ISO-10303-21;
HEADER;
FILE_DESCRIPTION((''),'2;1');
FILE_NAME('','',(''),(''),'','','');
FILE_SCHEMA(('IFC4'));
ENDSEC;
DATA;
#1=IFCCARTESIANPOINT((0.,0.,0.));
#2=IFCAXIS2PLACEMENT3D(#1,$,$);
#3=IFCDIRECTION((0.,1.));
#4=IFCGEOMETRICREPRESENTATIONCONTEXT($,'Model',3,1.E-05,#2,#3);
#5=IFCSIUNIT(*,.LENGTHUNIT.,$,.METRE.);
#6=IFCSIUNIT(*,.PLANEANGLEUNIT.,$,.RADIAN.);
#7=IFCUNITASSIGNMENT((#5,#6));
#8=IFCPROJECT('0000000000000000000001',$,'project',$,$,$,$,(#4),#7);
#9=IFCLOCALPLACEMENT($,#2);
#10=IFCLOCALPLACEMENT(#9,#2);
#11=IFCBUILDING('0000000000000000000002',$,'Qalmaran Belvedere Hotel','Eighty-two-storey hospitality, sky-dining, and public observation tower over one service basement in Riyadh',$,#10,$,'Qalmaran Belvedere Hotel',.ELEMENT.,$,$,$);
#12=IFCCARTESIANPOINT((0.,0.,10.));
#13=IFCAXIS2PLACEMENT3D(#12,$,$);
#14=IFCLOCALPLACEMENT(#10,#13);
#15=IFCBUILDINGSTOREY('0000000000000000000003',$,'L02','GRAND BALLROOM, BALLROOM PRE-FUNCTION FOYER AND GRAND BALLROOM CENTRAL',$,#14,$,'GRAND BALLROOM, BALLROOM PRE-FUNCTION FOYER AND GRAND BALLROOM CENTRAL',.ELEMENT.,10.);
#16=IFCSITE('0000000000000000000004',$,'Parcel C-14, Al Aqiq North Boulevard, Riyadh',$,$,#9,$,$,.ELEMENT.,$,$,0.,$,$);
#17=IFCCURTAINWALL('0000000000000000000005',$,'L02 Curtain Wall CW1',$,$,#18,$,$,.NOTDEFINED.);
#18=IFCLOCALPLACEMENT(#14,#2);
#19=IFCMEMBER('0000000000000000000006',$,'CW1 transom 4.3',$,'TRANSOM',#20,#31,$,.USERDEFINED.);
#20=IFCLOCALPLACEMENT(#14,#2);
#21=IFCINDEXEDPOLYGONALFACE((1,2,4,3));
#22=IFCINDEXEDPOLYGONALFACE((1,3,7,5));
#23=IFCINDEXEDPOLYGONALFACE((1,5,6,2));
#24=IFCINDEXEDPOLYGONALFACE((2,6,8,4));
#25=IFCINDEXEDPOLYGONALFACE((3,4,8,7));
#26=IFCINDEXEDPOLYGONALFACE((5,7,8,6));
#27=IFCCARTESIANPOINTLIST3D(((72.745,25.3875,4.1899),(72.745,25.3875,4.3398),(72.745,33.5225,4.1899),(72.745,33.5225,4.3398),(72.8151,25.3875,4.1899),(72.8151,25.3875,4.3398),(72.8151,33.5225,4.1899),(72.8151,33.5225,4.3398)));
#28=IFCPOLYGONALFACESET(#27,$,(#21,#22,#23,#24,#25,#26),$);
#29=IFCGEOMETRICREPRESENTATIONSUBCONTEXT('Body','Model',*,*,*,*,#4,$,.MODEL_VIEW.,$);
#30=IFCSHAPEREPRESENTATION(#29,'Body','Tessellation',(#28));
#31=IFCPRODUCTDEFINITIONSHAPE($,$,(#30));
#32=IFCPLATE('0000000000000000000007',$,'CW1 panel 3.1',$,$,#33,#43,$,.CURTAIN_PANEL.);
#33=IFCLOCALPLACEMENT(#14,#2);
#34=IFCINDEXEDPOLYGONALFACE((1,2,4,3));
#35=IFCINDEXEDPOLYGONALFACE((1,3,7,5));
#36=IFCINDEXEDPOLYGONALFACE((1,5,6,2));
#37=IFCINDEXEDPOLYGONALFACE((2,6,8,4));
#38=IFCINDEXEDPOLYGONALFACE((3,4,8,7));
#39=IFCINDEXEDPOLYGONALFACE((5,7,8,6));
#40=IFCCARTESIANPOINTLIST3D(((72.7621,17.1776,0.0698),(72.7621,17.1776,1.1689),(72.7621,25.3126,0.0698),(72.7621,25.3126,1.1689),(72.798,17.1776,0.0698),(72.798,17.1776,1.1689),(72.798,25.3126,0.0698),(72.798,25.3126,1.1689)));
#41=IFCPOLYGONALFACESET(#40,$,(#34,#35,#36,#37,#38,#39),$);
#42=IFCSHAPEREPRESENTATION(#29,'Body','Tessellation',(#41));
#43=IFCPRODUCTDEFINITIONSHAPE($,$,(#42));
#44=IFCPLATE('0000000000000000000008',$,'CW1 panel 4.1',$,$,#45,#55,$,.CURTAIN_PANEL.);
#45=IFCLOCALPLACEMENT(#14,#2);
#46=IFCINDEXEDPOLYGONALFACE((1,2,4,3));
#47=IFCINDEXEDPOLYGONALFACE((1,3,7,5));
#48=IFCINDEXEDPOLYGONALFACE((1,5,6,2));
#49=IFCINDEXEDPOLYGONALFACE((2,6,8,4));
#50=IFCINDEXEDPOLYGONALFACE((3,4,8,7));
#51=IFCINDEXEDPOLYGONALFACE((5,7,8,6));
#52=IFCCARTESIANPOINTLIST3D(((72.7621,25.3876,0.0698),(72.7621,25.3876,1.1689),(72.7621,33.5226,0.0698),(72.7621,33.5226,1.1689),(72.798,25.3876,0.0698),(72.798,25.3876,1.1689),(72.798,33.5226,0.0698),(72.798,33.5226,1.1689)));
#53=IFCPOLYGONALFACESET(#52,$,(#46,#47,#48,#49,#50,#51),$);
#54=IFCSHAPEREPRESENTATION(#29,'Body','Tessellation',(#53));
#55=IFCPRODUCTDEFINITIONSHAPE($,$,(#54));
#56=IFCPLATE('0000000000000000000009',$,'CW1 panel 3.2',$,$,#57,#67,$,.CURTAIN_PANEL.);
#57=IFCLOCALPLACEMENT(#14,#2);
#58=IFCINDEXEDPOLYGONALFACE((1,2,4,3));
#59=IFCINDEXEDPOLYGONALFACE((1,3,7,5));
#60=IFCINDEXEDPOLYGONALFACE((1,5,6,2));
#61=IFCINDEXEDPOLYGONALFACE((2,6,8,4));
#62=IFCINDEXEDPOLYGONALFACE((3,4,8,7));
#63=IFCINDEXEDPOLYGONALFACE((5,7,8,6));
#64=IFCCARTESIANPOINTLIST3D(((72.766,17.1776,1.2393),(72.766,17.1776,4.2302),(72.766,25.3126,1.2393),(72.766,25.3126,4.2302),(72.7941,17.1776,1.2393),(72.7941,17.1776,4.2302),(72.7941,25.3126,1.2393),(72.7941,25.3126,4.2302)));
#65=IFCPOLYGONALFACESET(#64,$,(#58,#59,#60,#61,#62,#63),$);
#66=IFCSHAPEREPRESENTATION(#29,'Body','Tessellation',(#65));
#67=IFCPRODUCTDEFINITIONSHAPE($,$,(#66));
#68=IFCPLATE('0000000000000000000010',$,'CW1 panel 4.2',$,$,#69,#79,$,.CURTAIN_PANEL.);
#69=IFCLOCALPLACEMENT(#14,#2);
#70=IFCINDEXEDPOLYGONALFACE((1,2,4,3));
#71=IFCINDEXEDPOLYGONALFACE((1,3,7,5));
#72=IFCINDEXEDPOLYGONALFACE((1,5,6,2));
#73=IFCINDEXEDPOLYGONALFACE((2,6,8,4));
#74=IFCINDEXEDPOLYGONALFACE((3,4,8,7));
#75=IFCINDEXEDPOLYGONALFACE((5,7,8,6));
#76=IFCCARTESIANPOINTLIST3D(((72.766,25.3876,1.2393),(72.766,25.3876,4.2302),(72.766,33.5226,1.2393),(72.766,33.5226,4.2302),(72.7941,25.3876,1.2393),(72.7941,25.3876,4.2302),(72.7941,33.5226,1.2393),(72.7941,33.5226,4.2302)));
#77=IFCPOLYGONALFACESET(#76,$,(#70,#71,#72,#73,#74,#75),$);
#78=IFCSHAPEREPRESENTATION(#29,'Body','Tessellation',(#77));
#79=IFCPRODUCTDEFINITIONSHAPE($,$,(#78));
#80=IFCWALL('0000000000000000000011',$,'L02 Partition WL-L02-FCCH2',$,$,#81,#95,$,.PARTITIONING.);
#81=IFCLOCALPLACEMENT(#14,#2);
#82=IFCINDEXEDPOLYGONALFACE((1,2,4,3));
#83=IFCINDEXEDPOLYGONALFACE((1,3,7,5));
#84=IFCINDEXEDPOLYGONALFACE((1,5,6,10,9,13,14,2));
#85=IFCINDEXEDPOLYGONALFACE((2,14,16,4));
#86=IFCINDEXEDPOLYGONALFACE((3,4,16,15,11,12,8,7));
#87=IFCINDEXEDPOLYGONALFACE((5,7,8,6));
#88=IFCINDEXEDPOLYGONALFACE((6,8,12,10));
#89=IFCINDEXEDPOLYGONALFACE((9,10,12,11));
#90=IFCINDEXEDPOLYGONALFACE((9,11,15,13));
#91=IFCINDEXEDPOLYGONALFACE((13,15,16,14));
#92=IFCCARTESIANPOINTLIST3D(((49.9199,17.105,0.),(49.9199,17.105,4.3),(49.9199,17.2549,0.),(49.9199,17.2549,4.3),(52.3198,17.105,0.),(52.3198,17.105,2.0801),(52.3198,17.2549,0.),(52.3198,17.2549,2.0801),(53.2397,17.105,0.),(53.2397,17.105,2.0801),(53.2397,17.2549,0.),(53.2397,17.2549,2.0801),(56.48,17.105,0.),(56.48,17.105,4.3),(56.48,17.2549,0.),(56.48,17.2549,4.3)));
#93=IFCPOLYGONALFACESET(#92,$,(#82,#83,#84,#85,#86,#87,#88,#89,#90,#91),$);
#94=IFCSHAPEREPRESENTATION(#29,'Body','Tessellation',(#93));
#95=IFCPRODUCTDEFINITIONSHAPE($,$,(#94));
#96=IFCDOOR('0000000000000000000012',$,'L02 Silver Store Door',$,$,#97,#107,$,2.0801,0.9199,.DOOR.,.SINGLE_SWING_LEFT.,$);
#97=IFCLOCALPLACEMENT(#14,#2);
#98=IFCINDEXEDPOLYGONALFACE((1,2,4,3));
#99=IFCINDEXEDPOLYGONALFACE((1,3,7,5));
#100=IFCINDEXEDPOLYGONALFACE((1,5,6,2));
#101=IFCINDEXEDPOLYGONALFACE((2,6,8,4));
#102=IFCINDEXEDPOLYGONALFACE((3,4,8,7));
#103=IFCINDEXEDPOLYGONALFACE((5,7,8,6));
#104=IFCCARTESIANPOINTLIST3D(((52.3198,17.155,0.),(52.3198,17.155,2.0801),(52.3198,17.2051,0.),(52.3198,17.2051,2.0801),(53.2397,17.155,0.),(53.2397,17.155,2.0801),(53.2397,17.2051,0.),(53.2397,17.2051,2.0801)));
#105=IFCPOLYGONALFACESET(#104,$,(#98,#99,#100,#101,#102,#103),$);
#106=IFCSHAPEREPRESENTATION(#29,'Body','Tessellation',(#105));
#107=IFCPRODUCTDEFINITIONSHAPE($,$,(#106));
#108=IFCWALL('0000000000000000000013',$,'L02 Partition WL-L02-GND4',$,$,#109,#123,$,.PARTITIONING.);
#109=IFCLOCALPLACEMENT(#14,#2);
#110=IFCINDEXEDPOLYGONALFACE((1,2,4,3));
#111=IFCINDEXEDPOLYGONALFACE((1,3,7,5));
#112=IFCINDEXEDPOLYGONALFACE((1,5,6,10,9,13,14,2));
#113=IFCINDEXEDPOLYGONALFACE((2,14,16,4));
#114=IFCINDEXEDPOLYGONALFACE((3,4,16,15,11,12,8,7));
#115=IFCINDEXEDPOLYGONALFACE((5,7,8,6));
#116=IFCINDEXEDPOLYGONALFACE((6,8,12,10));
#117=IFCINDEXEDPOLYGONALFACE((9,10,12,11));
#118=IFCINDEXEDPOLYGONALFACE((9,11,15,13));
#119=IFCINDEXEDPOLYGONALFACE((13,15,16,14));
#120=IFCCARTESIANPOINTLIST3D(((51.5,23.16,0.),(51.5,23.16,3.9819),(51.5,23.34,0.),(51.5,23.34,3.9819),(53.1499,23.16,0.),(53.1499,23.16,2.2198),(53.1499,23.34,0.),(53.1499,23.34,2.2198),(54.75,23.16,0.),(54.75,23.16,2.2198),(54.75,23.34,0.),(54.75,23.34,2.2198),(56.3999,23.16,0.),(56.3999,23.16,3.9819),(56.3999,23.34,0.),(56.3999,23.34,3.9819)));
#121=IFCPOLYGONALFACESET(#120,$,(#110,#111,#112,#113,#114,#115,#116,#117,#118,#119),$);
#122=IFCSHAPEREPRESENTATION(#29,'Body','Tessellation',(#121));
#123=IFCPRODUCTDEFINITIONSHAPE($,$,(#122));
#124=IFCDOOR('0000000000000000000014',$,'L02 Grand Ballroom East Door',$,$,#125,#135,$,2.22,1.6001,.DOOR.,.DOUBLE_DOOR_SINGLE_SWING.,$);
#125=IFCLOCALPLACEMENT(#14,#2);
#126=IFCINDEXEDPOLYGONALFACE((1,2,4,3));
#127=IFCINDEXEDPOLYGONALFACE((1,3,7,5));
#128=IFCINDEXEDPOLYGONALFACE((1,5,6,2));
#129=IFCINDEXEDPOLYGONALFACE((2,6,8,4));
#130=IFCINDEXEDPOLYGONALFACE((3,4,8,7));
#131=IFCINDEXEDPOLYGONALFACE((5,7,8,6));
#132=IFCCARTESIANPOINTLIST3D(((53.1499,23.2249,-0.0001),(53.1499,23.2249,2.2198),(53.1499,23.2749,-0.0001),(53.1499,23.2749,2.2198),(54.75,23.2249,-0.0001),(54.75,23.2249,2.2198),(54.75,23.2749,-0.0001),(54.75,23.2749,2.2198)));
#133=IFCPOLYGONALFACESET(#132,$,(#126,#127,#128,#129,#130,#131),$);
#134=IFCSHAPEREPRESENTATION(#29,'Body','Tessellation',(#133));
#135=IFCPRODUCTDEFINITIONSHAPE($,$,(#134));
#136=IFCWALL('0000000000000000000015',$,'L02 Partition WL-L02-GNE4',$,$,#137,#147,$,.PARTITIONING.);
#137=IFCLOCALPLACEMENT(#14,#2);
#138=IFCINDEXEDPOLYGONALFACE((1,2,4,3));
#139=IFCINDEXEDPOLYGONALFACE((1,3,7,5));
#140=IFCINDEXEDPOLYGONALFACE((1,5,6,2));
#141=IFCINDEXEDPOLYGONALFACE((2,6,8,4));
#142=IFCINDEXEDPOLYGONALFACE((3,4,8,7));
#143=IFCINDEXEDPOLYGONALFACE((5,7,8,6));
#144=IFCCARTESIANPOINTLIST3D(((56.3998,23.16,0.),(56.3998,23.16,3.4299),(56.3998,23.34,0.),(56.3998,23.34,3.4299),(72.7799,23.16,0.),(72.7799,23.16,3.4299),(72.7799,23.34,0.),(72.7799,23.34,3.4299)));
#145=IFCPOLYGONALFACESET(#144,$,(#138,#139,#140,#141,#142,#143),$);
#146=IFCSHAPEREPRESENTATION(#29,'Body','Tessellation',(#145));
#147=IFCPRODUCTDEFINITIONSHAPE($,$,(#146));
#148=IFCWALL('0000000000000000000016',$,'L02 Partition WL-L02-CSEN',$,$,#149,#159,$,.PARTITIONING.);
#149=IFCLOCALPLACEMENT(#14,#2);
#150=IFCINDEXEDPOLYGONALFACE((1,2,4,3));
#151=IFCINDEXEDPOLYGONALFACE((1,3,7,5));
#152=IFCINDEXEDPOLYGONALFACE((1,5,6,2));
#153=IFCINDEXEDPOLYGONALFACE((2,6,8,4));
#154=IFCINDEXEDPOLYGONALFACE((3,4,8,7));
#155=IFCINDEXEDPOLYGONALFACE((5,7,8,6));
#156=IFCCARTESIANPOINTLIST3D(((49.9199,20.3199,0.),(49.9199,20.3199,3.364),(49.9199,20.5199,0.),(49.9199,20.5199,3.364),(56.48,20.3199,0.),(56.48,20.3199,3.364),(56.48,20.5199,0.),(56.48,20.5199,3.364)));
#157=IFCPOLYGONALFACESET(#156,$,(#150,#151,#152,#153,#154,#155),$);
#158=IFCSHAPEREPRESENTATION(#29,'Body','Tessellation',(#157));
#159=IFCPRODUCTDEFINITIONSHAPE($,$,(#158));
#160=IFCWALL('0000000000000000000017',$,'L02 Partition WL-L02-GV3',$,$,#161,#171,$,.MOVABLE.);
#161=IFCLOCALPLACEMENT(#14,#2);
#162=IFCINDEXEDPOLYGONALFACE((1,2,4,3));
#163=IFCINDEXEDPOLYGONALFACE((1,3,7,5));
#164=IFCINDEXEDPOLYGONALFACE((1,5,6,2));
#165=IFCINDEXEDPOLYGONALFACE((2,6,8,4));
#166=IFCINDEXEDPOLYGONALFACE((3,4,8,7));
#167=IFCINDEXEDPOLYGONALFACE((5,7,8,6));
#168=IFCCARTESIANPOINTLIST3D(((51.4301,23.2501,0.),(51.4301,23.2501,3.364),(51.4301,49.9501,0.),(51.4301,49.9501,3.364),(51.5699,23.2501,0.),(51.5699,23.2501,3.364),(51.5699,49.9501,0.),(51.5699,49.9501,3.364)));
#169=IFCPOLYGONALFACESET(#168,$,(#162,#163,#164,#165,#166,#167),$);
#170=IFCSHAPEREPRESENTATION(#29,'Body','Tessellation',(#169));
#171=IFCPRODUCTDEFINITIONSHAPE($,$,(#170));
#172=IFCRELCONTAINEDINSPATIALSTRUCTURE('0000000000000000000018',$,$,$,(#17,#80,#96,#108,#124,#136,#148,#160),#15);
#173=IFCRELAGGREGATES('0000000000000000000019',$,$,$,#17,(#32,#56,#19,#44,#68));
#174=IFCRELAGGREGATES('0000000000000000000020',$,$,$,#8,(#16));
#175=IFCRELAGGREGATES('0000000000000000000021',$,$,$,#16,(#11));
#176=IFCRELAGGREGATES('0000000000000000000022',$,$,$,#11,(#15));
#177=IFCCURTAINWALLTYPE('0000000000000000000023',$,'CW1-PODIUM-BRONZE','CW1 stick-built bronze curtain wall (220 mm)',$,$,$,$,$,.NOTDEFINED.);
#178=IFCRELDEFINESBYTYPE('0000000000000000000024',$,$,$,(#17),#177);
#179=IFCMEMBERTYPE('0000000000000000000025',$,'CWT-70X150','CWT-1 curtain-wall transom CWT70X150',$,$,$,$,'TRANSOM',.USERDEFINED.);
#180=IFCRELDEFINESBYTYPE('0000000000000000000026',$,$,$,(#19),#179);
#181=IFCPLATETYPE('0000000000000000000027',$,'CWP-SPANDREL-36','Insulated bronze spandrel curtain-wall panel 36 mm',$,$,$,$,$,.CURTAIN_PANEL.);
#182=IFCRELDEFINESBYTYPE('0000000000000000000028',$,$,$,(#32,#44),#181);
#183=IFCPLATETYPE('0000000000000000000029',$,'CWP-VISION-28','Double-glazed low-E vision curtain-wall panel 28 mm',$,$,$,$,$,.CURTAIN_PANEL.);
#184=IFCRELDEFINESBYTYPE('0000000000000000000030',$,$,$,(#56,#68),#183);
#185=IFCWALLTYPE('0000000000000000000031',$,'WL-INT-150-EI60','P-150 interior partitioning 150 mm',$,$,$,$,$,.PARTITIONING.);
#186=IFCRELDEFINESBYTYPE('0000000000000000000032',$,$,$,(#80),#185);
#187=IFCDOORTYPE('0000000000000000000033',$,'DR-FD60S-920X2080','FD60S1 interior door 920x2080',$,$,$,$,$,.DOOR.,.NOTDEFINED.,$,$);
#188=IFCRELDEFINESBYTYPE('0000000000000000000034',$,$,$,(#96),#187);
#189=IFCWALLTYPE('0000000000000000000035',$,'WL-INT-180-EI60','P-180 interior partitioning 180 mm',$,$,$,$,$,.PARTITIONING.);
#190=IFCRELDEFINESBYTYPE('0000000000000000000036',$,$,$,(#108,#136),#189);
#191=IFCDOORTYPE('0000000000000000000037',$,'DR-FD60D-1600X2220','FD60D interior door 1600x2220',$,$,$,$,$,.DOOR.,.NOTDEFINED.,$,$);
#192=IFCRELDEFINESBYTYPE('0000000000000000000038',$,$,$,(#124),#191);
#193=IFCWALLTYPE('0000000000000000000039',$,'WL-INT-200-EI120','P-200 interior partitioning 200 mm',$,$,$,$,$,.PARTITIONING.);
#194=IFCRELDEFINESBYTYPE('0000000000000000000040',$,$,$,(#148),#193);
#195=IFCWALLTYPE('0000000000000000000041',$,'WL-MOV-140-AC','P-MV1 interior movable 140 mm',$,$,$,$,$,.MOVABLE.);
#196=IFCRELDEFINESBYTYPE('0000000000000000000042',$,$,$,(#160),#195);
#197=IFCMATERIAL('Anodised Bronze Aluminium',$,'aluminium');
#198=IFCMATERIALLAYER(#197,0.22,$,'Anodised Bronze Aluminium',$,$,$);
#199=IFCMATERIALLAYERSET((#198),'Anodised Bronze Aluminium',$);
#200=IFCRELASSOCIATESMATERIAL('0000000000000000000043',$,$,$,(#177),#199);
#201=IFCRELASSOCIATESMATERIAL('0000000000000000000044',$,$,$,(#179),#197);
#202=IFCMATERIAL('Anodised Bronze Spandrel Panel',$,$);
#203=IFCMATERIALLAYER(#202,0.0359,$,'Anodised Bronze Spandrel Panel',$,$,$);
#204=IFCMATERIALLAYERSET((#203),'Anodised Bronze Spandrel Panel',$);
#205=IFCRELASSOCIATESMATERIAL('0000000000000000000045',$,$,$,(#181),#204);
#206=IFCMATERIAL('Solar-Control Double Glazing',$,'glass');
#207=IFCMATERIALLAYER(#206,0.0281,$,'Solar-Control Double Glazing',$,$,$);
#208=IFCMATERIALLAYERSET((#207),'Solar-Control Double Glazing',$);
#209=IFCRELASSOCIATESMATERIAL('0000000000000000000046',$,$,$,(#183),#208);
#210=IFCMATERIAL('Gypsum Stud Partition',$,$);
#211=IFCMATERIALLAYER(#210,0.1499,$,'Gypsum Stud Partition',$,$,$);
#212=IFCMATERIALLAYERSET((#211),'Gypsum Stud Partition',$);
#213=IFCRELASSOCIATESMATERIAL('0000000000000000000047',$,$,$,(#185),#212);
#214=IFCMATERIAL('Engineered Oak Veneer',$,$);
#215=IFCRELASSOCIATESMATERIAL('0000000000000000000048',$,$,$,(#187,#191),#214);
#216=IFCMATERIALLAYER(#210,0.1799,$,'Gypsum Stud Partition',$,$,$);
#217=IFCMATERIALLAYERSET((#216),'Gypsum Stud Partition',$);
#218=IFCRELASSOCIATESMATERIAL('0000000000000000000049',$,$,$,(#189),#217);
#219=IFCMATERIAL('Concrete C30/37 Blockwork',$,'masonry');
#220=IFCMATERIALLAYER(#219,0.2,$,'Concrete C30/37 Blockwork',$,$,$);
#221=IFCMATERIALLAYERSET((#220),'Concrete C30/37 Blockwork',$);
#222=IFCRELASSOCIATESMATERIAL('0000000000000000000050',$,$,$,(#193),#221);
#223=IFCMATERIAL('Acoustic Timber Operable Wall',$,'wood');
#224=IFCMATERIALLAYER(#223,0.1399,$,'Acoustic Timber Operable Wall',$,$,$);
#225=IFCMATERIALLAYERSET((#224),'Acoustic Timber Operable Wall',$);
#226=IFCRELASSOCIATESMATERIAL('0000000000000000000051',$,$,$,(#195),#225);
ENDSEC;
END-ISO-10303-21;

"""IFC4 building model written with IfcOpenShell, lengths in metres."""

from ifc_helpers import new_model, si_unit, direction, frame, frame_2d, origin, origin_2d, place, context, subcontext, project, spatial, rectangle, extrude, material, layer, layer_set, material_profile, profile_set, type_object, element, fill, aggregate, save


model = new_model("IFC4")

# Units and contexts
model_context = context("Model", 3, precision=1e-05, world=origin(), true_north=direction((0.0, 1.0)))
body_context = subcontext(model_context, "Body", "Model", "MODEL_VIEW")
ifc_project = project(units=[si_unit("LENGTHUNIT", "METRE"), si_unit("PLANEANGLEUNIT", "RADIAN")], contexts=[model_context])

# Site, building, storey
site_placement = place(None, origin())
site = spatial("IfcSite", under=ifc_project, at=site_placement, Name="Parcel C-14, Al Aqiq North Boulevard, Riyadh", CompositionType="ELEMENT", RefElevation=0.0)
building_placement = place(site_placement, origin())
building = spatial("IfcBuilding", under=site, at=building_placement, Name="Qalmaran Belvedere Hotel", Description="Eighty-two-storey hospitality, sky-dining, and public observation tower over one service basement in Riyadh", LongName="Qalmaran Belvedere Hotel", CompositionType="ELEMENT")
storey_placement = place(building_placement, frame((0.0, 0.0, 10.0)))
storey = spatial("IfcBuildingStorey", under=building, at=storey_placement, Name="L02", Description="GRAND BALLROOM, BALLROOM PRE-FUNCTION FOYER AND GRAND BALLROOM CENTRAL", LongName="GRAND BALLROOM, BALLROOM PRE-FUNCTION FOYER AND GRAND BALLROOM CENTRAL", CompositionType="ELEMENT", Elevation=10.0)

# Curtain wall, member, plates
ifc_material_1 = material(Name="Anodised Bronze Aluminium", Category="aluminium")
ifc_layer_1 = layer(ifc_material_1, 0.22, Name="Anodised Bronze Aluminium")
ifc_layer_set_1 = layer_set([ifc_layer_1], Name="Anodised Bronze Aluminium")
curtain_wall_type = type_object("IfcCurtainWallType", Name="CW1-PODIUM-BRONZE", Description="CW1 stick-built bronze curtain wall (220 mm)", PredefinedType="NOTDEFINED", material=ifc_layer_set_1)
curtain_wall_placement = place(storey_placement, origin())
curtain_wall = element("IfcCurtainWall", 1, at=curtain_wall_placement, inside=storey, type_object=curtain_wall_type, Name="L02 Curtain Wall CW1", PredefinedType="NOTDEFINED")
ifc_material_profile_1 = material_profile(ifc_material_1, rectangle(XDim=0.0701, YDim=0.1499, at=origin_2d()), Name="CWT70X150")
ifc_profile_set_1 = profile_set([ifc_material_profile_1], Name="Anodised Bronze Aluminium")
member_type_1 = type_object("IfcMemberType", Name="CWT-70X150", Description="CWT-1 curtain-wall transom CWT70X150", ElementType="TRANSOM", PredefinedType="USERDEFINED", material=ifc_profile_set_1)
member_1_placement = place(storey_placement, frame((72.78, 25.3875, 4.2649), z_axis=(0.0, 1.0, 0.0), x_axis=(-1.0, 0.0, 0.0)))
member_1 = element("IfcMember", 2, at=member_1_placement, type_object=member_type_1, Name="CW1 transom 4.3", ObjectType="TRANSOM", PredefinedType="USERDEFINED", context=body_context, shape_type="SweptSolid", body=[
    extrude(rectangle(XDim=0.0701, YDim=0.1499, at=origin_2d()), origin(), (0.0, 0.0, 1.0), 8.135),
])
ifc_material_2 = material(Name="Anodised Bronze Spandrel Panel")
ifc_layer_2 = layer(ifc_material_2, 0.0359, Name="Anodised Bronze Spandrel Panel")
ifc_layer_set_2 = layer_set([ifc_layer_2], Name="Anodised Bronze Spandrel Panel")
plate_type_1 = type_object("IfcPlateType", Name="CWP-SPANDREL-36", Description="Insulated bronze spandrel curtain-wall panel 36 mm", PredefinedType="CURTAIN_PANEL", material=ifc_layer_set_2)
plate_1_placement = place(storey_placement, frame((72.78, 21.2451, 0.0698), z_axis=(0.0, 0.0, 1.0), x_axis=(0.0, 1.0, 0.0)))
plate_1 = element("IfcPlate", 3, at=plate_1_placement, type_object=plate_type_1, Name="CW1 panel 3.1", PredefinedType="CURTAIN_PANEL", context=body_context, shape_type="SweptSolid", body=[
    extrude(rectangle(XDim=8.135, YDim=0.0359, at=origin_2d()), origin(), (0.0, 0.0, 1.0), 1.0991),
])
plate_2_placement = place(storey_placement, frame((72.78, 29.4551, 0.0698), z_axis=(0.0, 0.0, 1.0), x_axis=(0.0, 1.0, 0.0)))
plate_2 = element("IfcPlate", 4, at=plate_2_placement, type_object=plate_type_1, Name="CW1 panel 4.1", PredefinedType="CURTAIN_PANEL", context=body_context, shape_type="SweptSolid", body=[
    extrude(rectangle(XDim=8.135, YDim=0.0359, at=origin_2d()), origin(), (0.0, 0.0, 1.0), 1.0991),
])
ifc_material_3 = material(Name="Solar-Control Double Glazing", Category="glass")
ifc_layer_3 = layer(ifc_material_3, 0.0281, Name="Solar-Control Double Glazing")
ifc_layer_set_3 = layer_set([ifc_layer_3], Name="Solar-Control Double Glazing")
plate_type_2 = type_object("IfcPlateType", Name="CWP-VISION-28", Description="Double-glazed low-E vision curtain-wall panel 28 mm", PredefinedType="CURTAIN_PANEL", material=ifc_layer_set_3)
plate_3_placement = place(storey_placement, frame((72.78, 21.2451, 1.2393), z_axis=(0.0, 0.0, 1.0), x_axis=(0.0, 1.0, 0.0)))
plate_3 = element("IfcPlate", 5, at=plate_3_placement, type_object=plate_type_2, Name="CW1 panel 3.2", PredefinedType="CURTAIN_PANEL", context=body_context, shape_type="SweptSolid", body=[
    extrude(rectangle(XDim=8.135, YDim=0.0281, at=origin_2d()), origin(), (0.0, 0.0, 1.0), 2.991),
])
plate_4_placement = place(storey_placement, frame((72.78, 29.4551, 1.2393), z_axis=(0.0, 0.0, 1.0), x_axis=(0.0, 1.0, 0.0)))
plate_4 = element("IfcPlate", 6, at=plate_4_placement, type_object=plate_type_2, Name="CW1 panel 4.2", PredefinedType="CURTAIN_PANEL", context=body_context, shape_type="SweptSolid", body=[
    extrude(rectangle(XDim=8.135, YDim=0.0281, at=origin_2d()), origin(), (0.0, 0.0, 1.0), 2.991),
])
aggregate(curtain_wall, [plate_1, plate_3, member_1, plate_2, plate_4])

# Walls, openings, doors
ifc_material_4 = material(Name="Gypsum Stud Partition")
ifc_layer_4 = layer(ifc_material_4, 0.1499, Name="Gypsum Stud Partition")
ifc_layer_set_4 = layer_set([ifc_layer_4], Name="Gypsum Stud Partition")
wall_type_1 = type_object("IfcWallType", Name="WL-INT-150-EI60", Description="P-150 interior partitioning 150 mm", PredefinedType="PARTITIONING", material=ifc_layer_set_4)
wall_1_placement = place(storey_placement, frame((49.9199, 17.1799, 0.0), z_axis=(0.0, 0.0, 1.0), x_axis=(1.0, 0.0, 0.0)))
wall_1 = element("IfcWall", 7, at=wall_1_placement, inside=storey, type_object=wall_type_1, Name="L02 Partition WL-L02-FCCH2", PredefinedType="PARTITIONING", context=body_context, shape_type="SweptSolid", body=[
    extrude(rectangle(XDim=6.5601, YDim=0.1499, at=frame_2d((3.28, 0.0))), origin(), (0.0, 0.0, 1.0), 4.3),
])
opening_1_placement = place(wall_1_placement, frame((3.3198, 0.0, 0.0), z_axis=(0.0, 0.0, 1.0), x_axis=(-1.0, 0.0, 0.0)))
opening_1 = element("IfcOpeningElement", 8, at=opening_1_placement, cuts=wall_1, PredefinedType="OPENING", context=body_context, shape_type="SweptSolid", body=[
    extrude(rectangle(XDim=0.9199, YDim=2.0801, at=frame_2d((0.46, 1.04))), frame((0.0, 0.085, 0.0), z_axis=(0.0, -1.0, 0.0), x_axis=(1.0, 0.0, 0.0)), (0.0, 0.0, 1.0), 0.1699),
])
ifc_material_5 = material(Name="Engineered Oak Veneer")
door_type_1 = type_object("IfcDoorType", Name="DR-FD60S-920X2080", Description="FD60S1 interior door 920x2080", OperationType="NOTDEFINED", PredefinedType="DOOR", material=ifc_material_5)
door_1_placement = place(opening_1_placement, origin())
door_1 = element("IfcDoor", 9, at=door_1_placement, inside=storey, type_object=door_type_1, Name="L02 Silver Store Door", OperationType="SINGLE_SWING_LEFT", OverallHeight=2.0801, OverallWidth=0.9199, PredefinedType="DOOR", context=body_context, shape_type="SweptSolid", body=[
    extrude(rectangle(XDim=0.9199, YDim=2.0801, at=frame_2d((0.46, 1.04))), frame((0.0, 0.0249, 0.0), z_axis=(0.0, -1.0, 0.0), x_axis=(1.0, 0.0, 0.0)), (0.0, 0.0, 1.0), 0.05),
])
fill(opening_1, door_1)
ifc_layer_5 = layer(ifc_material_4, 0.1799, Name="Gypsum Stud Partition")
ifc_layer_set_5 = layer_set([ifc_layer_5], Name="Gypsum Stud Partition")
wall_type_2 = type_object("IfcWallType", Name="WL-INT-180-EI60", Description="P-180 interior partitioning 180 mm", PredefinedType="PARTITIONING", material=ifc_layer_set_5)
wall_2_placement = place(storey_placement, frame((51.5, 23.25, 0.0), z_axis=(0.0, 0.0, 1.0), x_axis=(1.0, 0.0, 0.0)))
wall_2 = element("IfcWall", 10, at=wall_2_placement, inside=storey, type_object=wall_type_2, Name="L02 Partition WL-L02-GND4", PredefinedType="PARTITIONING", context=body_context, shape_type="SweptSolid", body=[
    extrude(rectangle(XDim=4.8999, YDim=0.1799, at=frame_2d((2.45, 0.0))), origin(), (0.0, 0.0, 1.0), 3.9819),
])
opening_2_placement = place(wall_2_placement, frame((1.6499, 0.0, 0.0)))
opening_2 = element("IfcOpeningElement", 11, at=opening_2_placement, cuts=wall_2, PredefinedType="OPENING", context=body_context, shape_type="SweptSolid", body=[
    extrude(rectangle(XDim=1.6001, YDim=2.22, at=frame_2d((0.8, 1.1099))), frame((0.0, 0.1001, 0.0), z_axis=(0.0, -1.0, 0.0), x_axis=(1.0, 0.0, 0.0)), (0.0, 0.0, 1.0), 0.2),
])
door_type_2 = type_object("IfcDoorType", Name="DR-FD60D-1600X2220", Description="FD60D interior door 1600x2220", OperationType="NOTDEFINED", PredefinedType="DOOR", material=ifc_material_5)
door_2_placement = place(opening_2_placement, origin())
door_2 = element("IfcDoor", 12, at=door_2_placement, inside=storey, type_object=door_type_2, Name="L02 Grand Ballroom East Door", OperationType="DOUBLE_DOOR_SINGLE_SWING", OverallHeight=2.22, OverallWidth=1.6001, PredefinedType="DOOR", context=body_context, shape_type="SweptSolid", body=[
    extrude(rectangle(XDim=1.6001, YDim=2.22, at=frame_2d((0.8, 1.1099))), frame((0.0, 0.0249, 0.0), z_axis=(0.0, -1.0, 0.0), x_axis=(1.0, 0.0, 0.0)), (0.0, 0.0, 1.0), 0.05),
])
fill(opening_2, door_2)

# Walls
wall_3_placement = place(storey_placement, frame((56.3999, 23.25, 0.0), z_axis=(0.0, 0.0, 1.0), x_axis=(1.0, 0.0, 0.0)))
element("IfcWall", 13, at=wall_3_placement, inside=storey, type_object=wall_type_2, Name="L02 Partition WL-L02-GNE4", PredefinedType="PARTITIONING", context=body_context, shape_type="SweptSolid", body=[
    extrude(rectangle(XDim=16.3801, YDim=0.1799, at=frame_2d((8.1899, 0.0))), origin(), (0.0, 0.0, 1.0), 3.4299),
])
ifc_material_6 = material(Name="Concrete C30/37 Blockwork", Category="masonry")
ifc_layer_6 = layer(ifc_material_6, 0.2, Name="Concrete C30/37 Blockwork")
ifc_layer_set_6 = layer_set([ifc_layer_6], Name="Concrete C30/37 Blockwork")
wall_type_3 = type_object("IfcWallType", Name="WL-INT-200-EI120", Description="P-200 interior partitioning 200 mm", PredefinedType="PARTITIONING", material=ifc_layer_set_6)
wall_4_placement = place(storey_placement, frame((49.9199, 20.4199, 0.0), z_axis=(0.0, 0.0, 1.0), x_axis=(1.0, 0.0, 0.0)))
element("IfcWall", 14, at=wall_4_placement, inside=storey, type_object=wall_type_3, Name="L02 Partition WL-L02-CSEN", PredefinedType="PARTITIONING", context=body_context, shape_type="SweptSolid", body=[
    extrude(rectangle(XDim=6.5601, YDim=0.2, at=frame_2d((3.28, 0.0))), origin(), (0.0, 0.0, 1.0), 3.364),
])
ifc_material_7 = material(Name="Acoustic Timber Operable Wall", Category="wood")
ifc_layer_7 = layer(ifc_material_7, 0.1399, Name="Acoustic Timber Operable Wall")
ifc_layer_set_7 = layer_set([ifc_layer_7], Name="Acoustic Timber Operable Wall")
wall_type_4 = type_object("IfcWallType", Name="WL-MOV-140-AC", Description="P-MV1 interior movable 140 mm", PredefinedType="MOVABLE", material=ifc_layer_set_7)
wall_5_placement = place(storey_placement, frame((51.5, 23.25, 0.0), z_axis=(0.0, 0.0, 1.0), x_axis=(0.0, 1.0, 0.0)))
element("IfcWall", 15, at=wall_5_placement, inside=storey, type_object=wall_type_4, Name="L02 Partition WL-L02-GV3", PredefinedType="MOVABLE", context=body_context, shape_type="SweptSolid", body=[
    extrude(rectangle(XDim=26.7, YDim=0.1399, at=frame_2d((13.3501, 0.0))), origin(), (0.0, 0.0, 1.0), 3.364),
])

save(model, "model.ifc")
